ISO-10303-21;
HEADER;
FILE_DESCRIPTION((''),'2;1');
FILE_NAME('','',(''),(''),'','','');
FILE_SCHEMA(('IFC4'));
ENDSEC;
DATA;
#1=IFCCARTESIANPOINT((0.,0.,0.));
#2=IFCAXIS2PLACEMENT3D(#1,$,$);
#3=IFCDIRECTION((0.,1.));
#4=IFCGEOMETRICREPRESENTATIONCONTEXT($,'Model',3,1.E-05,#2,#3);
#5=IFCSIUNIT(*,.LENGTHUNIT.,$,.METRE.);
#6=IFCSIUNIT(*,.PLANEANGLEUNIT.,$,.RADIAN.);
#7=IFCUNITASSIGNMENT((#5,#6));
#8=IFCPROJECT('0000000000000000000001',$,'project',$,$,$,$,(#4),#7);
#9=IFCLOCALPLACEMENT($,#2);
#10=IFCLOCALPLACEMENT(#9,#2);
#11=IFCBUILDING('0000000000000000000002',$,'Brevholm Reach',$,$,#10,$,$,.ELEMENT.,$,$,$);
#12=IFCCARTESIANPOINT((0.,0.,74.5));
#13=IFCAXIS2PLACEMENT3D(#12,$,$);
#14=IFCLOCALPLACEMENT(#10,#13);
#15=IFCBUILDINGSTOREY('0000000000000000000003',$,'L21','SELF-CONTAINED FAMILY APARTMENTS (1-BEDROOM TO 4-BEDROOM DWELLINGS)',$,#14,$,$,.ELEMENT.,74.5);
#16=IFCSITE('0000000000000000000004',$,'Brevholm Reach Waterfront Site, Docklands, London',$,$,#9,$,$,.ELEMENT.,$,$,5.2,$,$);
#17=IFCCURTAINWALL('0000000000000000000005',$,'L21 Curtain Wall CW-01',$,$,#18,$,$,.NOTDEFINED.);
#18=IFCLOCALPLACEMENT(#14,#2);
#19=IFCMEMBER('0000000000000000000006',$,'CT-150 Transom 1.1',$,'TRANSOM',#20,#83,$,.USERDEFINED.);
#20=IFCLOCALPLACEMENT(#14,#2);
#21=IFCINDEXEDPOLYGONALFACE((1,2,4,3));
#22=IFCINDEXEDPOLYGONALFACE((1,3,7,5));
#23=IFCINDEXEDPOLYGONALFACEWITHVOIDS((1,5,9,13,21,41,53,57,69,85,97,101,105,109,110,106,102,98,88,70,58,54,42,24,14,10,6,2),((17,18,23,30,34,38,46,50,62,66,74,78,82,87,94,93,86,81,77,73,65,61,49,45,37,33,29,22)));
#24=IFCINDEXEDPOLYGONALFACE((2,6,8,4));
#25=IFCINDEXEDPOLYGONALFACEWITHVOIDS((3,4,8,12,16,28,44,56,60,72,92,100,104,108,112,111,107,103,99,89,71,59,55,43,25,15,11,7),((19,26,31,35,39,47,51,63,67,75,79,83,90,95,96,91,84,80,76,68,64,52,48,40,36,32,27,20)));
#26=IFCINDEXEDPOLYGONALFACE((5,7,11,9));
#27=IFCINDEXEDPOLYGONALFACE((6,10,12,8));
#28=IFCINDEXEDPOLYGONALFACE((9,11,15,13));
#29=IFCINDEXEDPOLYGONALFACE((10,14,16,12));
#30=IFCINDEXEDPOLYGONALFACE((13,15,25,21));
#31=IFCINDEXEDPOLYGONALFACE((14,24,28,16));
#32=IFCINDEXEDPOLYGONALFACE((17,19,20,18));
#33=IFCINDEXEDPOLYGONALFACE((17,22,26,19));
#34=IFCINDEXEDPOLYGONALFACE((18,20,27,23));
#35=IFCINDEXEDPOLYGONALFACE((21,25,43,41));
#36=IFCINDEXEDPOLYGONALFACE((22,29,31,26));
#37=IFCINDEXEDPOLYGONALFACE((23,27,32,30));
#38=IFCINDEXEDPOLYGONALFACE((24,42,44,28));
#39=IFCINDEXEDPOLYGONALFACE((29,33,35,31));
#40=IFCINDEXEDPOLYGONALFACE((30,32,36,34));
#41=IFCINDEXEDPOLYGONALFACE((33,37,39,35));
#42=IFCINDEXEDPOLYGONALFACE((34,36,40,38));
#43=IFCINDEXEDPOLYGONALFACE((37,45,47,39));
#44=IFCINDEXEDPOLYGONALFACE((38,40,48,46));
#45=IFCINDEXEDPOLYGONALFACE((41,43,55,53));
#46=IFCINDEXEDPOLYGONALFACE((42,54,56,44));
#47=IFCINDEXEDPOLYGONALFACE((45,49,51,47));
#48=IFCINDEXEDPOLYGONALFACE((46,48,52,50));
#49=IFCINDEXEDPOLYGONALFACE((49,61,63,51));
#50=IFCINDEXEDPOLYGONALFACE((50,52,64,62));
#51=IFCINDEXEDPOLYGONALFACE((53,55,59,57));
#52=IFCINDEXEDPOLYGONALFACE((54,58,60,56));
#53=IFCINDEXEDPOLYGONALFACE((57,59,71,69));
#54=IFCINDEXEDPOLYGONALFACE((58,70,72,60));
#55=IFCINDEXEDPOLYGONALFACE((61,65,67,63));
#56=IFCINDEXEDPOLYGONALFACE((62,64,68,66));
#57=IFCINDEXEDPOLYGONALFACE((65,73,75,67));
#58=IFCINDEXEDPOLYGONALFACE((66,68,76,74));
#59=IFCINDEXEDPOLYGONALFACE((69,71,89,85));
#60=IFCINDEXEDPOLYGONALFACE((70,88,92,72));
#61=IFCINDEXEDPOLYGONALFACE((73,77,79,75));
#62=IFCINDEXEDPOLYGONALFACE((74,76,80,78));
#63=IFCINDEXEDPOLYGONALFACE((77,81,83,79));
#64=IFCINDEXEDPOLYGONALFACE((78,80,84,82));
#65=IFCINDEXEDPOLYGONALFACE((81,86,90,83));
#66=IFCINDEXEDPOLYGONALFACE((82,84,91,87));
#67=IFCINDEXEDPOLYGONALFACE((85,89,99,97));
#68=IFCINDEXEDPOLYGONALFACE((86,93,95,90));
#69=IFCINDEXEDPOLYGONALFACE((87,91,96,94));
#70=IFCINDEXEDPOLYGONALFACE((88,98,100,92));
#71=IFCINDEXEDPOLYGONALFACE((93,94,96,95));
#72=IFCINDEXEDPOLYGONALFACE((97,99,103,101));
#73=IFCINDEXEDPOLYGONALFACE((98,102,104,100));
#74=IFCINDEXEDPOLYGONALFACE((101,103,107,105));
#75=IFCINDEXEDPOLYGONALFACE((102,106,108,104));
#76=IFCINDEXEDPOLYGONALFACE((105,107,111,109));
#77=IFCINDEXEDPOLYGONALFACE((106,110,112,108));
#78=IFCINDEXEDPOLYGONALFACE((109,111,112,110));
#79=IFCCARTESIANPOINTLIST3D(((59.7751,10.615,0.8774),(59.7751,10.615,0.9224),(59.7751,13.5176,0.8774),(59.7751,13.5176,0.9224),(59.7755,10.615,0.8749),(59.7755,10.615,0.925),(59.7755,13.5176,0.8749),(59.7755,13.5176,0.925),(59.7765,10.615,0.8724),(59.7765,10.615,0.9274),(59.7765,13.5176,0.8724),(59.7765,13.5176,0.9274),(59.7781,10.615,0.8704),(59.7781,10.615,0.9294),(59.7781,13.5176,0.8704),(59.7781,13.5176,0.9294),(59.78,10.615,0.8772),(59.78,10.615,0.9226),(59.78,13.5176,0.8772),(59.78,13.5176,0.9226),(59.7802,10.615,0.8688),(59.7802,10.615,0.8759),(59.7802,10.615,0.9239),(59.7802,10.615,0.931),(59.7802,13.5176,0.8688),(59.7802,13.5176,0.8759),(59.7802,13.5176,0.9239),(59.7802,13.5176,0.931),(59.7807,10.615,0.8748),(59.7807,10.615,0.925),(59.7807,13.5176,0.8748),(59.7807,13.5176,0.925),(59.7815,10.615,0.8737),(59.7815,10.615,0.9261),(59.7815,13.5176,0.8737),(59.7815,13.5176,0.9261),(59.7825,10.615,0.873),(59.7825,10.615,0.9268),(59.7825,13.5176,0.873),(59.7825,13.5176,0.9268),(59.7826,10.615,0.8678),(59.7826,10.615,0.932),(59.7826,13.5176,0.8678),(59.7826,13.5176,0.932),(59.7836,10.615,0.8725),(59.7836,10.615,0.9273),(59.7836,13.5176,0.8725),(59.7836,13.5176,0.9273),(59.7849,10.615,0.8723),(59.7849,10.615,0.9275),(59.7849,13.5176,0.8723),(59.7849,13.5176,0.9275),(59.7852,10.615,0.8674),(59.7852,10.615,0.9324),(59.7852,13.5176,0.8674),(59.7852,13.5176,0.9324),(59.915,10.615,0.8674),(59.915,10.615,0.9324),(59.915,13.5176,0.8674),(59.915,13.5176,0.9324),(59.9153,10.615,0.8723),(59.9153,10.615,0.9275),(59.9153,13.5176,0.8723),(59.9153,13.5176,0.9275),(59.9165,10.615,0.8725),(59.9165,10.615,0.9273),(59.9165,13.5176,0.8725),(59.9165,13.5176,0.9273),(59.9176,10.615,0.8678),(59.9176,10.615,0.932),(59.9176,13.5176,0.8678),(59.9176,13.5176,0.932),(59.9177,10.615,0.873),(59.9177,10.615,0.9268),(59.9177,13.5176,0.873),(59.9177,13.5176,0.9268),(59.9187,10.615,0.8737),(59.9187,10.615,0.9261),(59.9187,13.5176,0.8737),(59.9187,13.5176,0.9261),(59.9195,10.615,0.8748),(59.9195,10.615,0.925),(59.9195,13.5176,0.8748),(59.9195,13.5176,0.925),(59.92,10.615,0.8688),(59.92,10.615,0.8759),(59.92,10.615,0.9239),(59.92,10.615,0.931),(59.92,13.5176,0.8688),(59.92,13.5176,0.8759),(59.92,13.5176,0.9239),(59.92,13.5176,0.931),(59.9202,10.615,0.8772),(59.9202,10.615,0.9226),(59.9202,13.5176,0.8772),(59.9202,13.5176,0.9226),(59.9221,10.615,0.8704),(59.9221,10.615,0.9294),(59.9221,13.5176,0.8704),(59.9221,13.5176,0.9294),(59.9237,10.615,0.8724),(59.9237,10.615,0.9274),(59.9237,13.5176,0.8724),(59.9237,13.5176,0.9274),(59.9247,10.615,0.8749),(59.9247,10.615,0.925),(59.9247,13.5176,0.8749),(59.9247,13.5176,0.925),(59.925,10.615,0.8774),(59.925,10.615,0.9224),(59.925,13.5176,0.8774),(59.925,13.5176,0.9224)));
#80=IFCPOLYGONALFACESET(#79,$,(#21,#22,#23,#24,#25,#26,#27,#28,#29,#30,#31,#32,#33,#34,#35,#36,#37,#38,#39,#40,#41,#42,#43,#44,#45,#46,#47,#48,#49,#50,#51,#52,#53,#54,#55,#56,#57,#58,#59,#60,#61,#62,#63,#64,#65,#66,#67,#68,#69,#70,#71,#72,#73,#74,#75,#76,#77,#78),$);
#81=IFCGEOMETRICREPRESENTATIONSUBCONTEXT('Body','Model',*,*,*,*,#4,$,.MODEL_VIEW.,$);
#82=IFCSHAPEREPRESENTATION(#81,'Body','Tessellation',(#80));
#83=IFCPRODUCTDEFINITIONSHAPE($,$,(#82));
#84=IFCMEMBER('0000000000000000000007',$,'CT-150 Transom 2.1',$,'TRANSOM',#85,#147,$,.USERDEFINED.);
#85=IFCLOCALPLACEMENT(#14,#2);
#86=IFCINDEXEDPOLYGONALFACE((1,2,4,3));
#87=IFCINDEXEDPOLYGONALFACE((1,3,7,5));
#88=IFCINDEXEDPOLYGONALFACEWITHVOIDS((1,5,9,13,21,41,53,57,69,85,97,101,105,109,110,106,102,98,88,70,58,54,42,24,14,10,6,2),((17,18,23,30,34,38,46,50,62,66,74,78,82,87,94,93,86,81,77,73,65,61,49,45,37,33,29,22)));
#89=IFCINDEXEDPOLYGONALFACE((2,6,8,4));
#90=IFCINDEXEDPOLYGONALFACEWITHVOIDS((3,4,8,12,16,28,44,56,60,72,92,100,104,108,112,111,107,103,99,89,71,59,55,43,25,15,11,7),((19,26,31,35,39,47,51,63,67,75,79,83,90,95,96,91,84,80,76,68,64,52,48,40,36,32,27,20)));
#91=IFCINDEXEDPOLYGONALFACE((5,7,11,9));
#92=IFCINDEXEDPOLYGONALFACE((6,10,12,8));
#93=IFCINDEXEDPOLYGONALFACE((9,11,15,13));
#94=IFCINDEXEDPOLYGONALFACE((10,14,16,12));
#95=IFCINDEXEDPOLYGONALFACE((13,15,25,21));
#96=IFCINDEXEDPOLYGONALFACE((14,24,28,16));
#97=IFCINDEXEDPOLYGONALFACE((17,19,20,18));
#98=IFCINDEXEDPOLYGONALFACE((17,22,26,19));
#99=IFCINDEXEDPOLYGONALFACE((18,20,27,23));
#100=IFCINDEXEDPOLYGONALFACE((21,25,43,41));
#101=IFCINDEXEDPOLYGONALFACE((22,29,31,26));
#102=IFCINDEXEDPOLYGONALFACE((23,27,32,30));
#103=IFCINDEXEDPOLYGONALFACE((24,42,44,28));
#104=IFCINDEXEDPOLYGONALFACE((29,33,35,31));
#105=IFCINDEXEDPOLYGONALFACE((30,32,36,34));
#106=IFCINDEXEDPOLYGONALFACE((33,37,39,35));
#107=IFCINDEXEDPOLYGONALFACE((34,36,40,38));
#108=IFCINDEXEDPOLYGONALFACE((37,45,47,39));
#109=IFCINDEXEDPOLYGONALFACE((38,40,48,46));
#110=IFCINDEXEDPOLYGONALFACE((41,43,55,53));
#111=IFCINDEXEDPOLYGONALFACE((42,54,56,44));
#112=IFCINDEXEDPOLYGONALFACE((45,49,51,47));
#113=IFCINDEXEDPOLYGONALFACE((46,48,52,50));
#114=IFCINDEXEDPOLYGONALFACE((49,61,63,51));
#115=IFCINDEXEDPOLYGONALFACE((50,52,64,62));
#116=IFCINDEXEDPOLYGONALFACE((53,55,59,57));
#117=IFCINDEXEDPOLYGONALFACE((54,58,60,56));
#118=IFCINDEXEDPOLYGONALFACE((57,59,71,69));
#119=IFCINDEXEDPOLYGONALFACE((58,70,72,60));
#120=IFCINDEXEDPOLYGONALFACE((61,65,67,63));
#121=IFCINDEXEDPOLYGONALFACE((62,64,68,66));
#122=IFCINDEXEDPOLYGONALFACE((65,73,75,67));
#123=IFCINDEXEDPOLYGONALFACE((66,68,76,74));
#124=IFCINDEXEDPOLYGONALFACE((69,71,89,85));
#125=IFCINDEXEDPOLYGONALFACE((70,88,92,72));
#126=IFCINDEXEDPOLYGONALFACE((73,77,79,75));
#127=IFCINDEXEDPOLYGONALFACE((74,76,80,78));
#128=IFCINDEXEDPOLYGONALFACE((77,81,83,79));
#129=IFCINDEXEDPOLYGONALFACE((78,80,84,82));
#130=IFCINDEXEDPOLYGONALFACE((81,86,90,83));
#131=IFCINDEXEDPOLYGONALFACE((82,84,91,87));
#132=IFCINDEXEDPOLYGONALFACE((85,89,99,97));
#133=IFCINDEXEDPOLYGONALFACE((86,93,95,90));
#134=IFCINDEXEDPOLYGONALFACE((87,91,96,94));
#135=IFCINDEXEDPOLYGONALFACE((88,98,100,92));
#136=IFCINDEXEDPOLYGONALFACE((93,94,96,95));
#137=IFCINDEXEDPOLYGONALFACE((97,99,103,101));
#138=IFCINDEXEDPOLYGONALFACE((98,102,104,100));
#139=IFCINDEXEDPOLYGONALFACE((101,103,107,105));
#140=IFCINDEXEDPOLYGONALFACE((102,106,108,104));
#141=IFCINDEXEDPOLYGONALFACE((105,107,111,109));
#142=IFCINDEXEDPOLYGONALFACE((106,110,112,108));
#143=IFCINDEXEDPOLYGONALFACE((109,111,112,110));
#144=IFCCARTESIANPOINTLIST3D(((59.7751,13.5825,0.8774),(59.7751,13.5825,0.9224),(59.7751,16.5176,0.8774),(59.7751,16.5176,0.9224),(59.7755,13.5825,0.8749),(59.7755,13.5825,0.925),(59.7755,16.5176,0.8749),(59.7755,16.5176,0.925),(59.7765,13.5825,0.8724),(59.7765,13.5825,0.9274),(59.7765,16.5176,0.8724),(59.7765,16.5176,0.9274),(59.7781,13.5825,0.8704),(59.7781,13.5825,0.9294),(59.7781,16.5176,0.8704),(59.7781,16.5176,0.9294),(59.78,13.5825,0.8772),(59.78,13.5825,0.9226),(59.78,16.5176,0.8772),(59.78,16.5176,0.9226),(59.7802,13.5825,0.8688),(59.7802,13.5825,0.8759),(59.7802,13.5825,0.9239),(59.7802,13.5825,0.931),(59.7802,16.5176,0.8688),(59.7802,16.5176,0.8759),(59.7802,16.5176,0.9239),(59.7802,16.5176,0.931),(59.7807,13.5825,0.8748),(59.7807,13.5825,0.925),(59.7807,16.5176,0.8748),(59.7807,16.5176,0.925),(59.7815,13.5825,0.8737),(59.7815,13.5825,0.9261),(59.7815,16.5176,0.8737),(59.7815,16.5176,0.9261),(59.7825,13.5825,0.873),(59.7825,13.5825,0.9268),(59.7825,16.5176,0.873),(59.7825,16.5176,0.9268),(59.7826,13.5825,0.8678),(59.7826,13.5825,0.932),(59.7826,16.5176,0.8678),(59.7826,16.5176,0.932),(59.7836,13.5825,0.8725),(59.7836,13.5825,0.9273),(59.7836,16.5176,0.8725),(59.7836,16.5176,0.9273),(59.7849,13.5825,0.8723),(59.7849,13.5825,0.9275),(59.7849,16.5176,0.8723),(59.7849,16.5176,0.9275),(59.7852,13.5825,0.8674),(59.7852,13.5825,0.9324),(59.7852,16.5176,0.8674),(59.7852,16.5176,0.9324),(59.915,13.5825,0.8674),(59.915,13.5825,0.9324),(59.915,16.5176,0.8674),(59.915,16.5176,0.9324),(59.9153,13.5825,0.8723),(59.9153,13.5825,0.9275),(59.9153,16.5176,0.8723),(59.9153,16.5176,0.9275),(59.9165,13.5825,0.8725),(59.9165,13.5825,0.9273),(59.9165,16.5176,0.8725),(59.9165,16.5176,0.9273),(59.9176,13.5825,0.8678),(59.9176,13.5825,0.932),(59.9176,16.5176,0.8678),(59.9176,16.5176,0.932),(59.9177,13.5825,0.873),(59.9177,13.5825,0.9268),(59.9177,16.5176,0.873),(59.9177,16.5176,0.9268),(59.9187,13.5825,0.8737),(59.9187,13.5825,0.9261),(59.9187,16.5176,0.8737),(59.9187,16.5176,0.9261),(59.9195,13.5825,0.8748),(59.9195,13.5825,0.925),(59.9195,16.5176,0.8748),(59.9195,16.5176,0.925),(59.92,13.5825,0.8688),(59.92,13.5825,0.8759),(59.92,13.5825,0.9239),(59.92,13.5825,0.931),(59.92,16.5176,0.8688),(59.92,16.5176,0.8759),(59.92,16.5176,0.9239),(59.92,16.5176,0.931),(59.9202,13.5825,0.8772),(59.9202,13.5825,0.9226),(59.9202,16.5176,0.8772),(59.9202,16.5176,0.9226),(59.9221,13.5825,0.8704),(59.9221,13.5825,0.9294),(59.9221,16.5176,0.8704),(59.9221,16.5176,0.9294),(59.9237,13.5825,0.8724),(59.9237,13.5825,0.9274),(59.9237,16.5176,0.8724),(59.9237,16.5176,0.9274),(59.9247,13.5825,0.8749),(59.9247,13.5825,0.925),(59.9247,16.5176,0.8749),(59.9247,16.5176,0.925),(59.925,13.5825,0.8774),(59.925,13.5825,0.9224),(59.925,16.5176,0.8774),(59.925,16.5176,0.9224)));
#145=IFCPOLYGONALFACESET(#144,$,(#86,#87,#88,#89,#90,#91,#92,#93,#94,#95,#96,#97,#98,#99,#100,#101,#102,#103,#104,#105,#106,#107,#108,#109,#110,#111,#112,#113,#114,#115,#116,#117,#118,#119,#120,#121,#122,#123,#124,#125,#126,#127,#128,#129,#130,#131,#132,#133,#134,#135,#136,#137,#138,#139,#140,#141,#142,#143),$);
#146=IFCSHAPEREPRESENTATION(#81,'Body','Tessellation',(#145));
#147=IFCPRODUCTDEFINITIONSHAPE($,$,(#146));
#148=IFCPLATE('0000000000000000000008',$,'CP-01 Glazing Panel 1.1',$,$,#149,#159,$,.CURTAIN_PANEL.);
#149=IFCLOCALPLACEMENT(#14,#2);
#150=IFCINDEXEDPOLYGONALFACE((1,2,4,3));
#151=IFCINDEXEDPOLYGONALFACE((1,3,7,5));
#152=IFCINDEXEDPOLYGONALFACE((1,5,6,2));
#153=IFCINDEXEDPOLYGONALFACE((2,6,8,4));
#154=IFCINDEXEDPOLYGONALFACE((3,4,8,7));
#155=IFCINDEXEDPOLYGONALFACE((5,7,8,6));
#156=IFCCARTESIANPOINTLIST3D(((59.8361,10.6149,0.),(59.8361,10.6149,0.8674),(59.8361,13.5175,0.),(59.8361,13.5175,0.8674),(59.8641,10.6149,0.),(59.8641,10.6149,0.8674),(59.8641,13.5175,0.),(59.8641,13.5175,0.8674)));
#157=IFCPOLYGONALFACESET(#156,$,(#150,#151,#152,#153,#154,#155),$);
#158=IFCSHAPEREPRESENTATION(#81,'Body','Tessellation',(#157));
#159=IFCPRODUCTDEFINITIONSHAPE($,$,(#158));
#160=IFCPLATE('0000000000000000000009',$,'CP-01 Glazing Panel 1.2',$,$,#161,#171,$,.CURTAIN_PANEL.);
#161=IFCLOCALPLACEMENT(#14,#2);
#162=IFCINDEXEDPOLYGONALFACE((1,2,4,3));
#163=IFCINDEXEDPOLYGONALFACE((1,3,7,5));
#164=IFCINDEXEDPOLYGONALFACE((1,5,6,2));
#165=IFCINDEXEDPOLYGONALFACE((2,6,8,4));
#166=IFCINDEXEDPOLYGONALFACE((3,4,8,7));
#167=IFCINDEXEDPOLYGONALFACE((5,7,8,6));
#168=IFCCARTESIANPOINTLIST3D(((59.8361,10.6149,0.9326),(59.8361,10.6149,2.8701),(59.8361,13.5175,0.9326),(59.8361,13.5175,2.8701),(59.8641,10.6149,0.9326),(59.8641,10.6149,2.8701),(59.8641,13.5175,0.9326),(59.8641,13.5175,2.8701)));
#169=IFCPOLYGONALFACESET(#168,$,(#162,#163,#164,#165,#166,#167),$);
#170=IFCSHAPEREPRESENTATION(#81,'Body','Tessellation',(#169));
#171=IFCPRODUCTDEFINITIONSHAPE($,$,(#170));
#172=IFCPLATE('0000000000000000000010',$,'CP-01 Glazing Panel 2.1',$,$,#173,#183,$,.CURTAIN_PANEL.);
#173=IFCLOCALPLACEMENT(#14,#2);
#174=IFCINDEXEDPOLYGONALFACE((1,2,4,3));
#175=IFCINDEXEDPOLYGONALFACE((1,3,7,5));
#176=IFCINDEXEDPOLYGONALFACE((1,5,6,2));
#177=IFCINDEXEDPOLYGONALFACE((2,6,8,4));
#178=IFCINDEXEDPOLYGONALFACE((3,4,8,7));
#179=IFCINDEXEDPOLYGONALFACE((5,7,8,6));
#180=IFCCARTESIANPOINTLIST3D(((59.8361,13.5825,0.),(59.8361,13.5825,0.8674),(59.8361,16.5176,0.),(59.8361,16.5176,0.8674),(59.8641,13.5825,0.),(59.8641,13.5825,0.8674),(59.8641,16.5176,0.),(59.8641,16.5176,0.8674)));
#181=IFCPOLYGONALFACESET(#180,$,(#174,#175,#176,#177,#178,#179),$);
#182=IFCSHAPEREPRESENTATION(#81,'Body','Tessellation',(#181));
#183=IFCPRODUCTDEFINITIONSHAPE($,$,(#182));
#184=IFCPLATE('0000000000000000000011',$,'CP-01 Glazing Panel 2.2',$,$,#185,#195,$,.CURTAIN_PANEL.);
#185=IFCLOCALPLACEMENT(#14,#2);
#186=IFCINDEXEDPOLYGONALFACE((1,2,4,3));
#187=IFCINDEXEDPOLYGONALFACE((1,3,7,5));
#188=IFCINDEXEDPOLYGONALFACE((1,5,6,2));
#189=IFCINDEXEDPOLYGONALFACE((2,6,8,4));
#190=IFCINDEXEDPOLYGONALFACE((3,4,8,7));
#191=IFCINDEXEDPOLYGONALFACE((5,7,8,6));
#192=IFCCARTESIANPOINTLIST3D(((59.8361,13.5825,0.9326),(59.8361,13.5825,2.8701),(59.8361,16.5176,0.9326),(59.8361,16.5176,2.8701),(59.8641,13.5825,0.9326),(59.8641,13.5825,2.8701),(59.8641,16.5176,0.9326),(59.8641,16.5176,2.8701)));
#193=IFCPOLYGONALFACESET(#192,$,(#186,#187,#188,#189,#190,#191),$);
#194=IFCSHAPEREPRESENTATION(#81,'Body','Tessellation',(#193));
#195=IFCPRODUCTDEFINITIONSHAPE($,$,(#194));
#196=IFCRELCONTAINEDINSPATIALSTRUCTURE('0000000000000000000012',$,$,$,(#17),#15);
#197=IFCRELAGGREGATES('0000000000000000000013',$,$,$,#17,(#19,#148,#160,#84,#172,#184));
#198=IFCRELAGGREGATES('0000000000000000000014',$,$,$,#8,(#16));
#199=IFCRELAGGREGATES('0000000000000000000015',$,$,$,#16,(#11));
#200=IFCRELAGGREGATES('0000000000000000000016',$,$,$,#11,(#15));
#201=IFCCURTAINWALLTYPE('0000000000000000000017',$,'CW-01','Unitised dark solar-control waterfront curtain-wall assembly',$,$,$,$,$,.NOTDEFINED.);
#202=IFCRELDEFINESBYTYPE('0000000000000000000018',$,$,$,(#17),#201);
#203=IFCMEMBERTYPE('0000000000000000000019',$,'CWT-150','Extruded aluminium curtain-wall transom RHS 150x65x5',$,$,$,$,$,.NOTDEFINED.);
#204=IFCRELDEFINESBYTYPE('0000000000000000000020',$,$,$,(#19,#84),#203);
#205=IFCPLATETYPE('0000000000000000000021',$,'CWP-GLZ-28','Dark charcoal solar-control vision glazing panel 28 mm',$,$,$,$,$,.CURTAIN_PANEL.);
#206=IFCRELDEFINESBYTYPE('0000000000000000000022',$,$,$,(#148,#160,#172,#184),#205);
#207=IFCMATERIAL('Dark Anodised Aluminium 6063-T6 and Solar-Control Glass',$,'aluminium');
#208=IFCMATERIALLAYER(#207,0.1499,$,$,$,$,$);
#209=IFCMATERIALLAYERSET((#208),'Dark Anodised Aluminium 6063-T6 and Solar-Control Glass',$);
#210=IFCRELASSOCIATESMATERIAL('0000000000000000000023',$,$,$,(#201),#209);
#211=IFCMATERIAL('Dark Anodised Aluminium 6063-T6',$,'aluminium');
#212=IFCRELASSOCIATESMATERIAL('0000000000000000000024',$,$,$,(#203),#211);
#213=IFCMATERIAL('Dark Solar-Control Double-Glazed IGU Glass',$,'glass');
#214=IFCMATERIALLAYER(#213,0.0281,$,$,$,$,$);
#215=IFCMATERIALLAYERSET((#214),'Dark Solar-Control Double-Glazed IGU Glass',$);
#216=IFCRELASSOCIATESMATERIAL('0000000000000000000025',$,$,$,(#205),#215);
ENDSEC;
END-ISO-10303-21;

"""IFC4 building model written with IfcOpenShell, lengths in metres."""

from ifc_helpers import new_model, si_unit, direction, frame, origin, origin_2d, place, context, subcontext, project, spatial, rectangle, hollow_rectangle, extrude, material, layer, layer_set, material_profile, profile_set, type_object, element, aggregate, save


model = new_model("IFC4")

# Units and contexts
model_context = context("Model", 3, precision=1e-05, world=origin(), true_north=direction((0.0, 1.0)))
body_context = subcontext(model_context, "Body", "Model", "MODEL_VIEW")
ifc_project = project(units=[si_unit("LENGTHUNIT", "METRE"), si_unit("PLANEANGLEUNIT", "RADIAN")], contexts=[model_context])

# Site, building, storey
site_placement = place(None, origin())
site = spatial("IfcSite", under=ifc_project, at=site_placement, Name="Brevholm Reach Waterfront Site, Docklands, London", CompositionType="ELEMENT", RefElevation=5.2)
building_placement = place(site_placement, origin())
building = spatial("IfcBuilding", under=site, at=building_placement, Name="Brevholm Reach", CompositionType="ELEMENT")
storey_placement = place(building_placement, frame((0.0, 0.0, 74.5)))
storey = spatial("IfcBuildingStorey", under=building, at=storey_placement, Name="L21", Description="SELF-CONTAINED FAMILY APARTMENTS (1-BEDROOM TO 4-BEDROOM DWELLINGS)", CompositionType="ELEMENT", Elevation=74.5)

# Curtain wall, members, plates
ifc_material_1 = material(Name="Dark Anodised Aluminium 6063-T6 and Solar-Control Glass", Category="aluminium")
ifc_layer_1 = layer(ifc_material_1, 0.1499)
ifc_layer_set_1 = layer_set([ifc_layer_1], Name="Dark Anodised Aluminium 6063-T6 and Solar-Control Glass")
curtain_wall_type = type_object("IfcCurtainWallType", Name="CW-01", Description="Unitised dark solar-control waterfront curtain-wall assembly", PredefinedType="NOTDEFINED", material=ifc_layer_set_1)
curtain_wall_placement = place(storey_placement, origin())
curtain_wall = element("IfcCurtainWall", 1, at=curtain_wall_placement, inside=storey, type_object=curtain_wall_type, Name="L21 Curtain Wall CW-01", PredefinedType="NOTDEFINED")
ifc_material_2 = material(Name="Dark Anodised Aluminium 6063-T6", Category="aluminium")
ifc_material_profile_1 = material_profile(ifc_material_2, hollow_rectangle(XDim=0.0649, YDim=0.1499, WallThickness=0.0049, InnerFilletRadius=0.0049, OuterFilletRadius=0.01, at=origin_2d()), Name="RHS 150x65x5")
ifc_profile_set_1 = profile_set([ifc_material_profile_1], Name="Dark Anodised Aluminium 6063-T6")
member_type_1 = type_object("IfcMemberType", Name="CWT-150", Description="Extruded aluminium curtain-wall transom RHS 150x65x5", PredefinedType="NOTDEFINED", material=ifc_profile_set_1)
member_1_placement = place(storey_placement, frame((59.8501, 10.615, 0.8999), z_axis=(0.0, 1.0, 0.0), x_axis=(0.0, 0.0, 1.0)))
member_1 = element("IfcMember", 2, at=member_1_placement, type_object=member_type_1, Name="CT-150 Transom 1.1", ObjectType="TRANSOM", PredefinedType="USERDEFINED", context=body_context, shape_type="SweptSolid", body=[
    extrude(hollow_rectangle(XDim=0.0649, YDim=0.1499, WallThickness=0.0049, InnerFilletRadius=0.0049, OuterFilletRadius=0.01, at=origin_2d()), origin(), (0.0, 0.0, 1.0), 2.9026),
])
member_2_placement = place(storey_placement, frame((59.8501, 13.5825, 0.8999), z_axis=(0.0, 1.0, 0.0), x_axis=(0.0, 0.0, 1.0)))
member_2 = element("IfcMember", 3, at=member_2_placement, type_object=member_type_1, Name="CT-150 Transom 2.1", ObjectType="TRANSOM", PredefinedType="USERDEFINED", context=body_context, shape_type="SweptSolid", body=[
    extrude(hollow_rectangle(XDim=0.0649, YDim=0.1499, WallThickness=0.0049, InnerFilletRadius=0.0049, OuterFilletRadius=0.01, at=origin_2d()), origin(), (0.0, 0.0, 1.0), 2.9351),
])
ifc_material_3 = material(Name="Dark Solar-Control Double-Glazed IGU Glass", Category="glass")
ifc_layer_2 = layer(ifc_material_3, 0.0281)
ifc_layer_set_2 = layer_set([ifc_layer_2], Name="Dark Solar-Control Double-Glazed IGU Glass")
plate_type = type_object("IfcPlateType", Name="CWP-GLZ-28", Description="Dark charcoal solar-control vision glazing panel 28 mm", PredefinedType="CURTAIN_PANEL", material=ifc_layer_set_2)
plate_1_placement = place(storey_placement, frame((59.8501, 12.0662, 0.0), z_axis=(0.0, 0.0, 1.0), x_axis=(0.0, 1.0, 0.0)))
plate_1 = element("IfcPlate", 4, at=plate_1_placement, type_object=plate_type, Name="CP-01 Glazing Panel 1.1", PredefinedType="CURTAIN_PANEL", context=body_context, shape_type="SweptSolid", body=[
    extrude(rectangle(XDim=2.9026, YDim=0.0281, at=origin_2d()), origin(), (0.0, 0.0, 1.0), 0.8674),
])
plate_2_placement = place(storey_placement, frame((59.8501, 12.0662, 0.9326), z_axis=(0.0, 0.0, 1.0), x_axis=(0.0, 1.0, 0.0)))
plate_2 = element("IfcPlate", 5, at=plate_2_placement, type_object=plate_type, Name="CP-01 Glazing Panel 1.2", PredefinedType="CURTAIN_PANEL", context=body_context, shape_type="SweptSolid", body=[
    extrude(rectangle(XDim=2.9026, YDim=0.0281, at=origin_2d()), origin(), (0.0, 0.0, 1.0), 1.9375),
])
plate_3_placement = place(storey_placement, frame((59.8501, 15.05, 0.0), z_axis=(0.0, 0.0, 1.0), x_axis=(0.0, 1.0, 0.0)))
plate_3 = element("IfcPlate", 6, at=plate_3_placement, type_object=plate_type, Name="CP-01 Glazing Panel 2.1", PredefinedType="CURTAIN_PANEL", context=body_context, shape_type="SweptSolid", body=[
    extrude(rectangle(XDim=2.9351, YDim=0.0281, at=origin_2d()), origin(), (0.0, 0.0, 1.0), 0.8674),
])
plate_4_placement = place(storey_placement, frame((59.8501, 15.05, 0.9326), z_axis=(0.0, 0.0, 1.0), x_axis=(0.0, 1.0, 0.0)))
plate_4 = element("IfcPlate", 7, at=plate_4_placement, type_object=plate_type, Name="CP-01 Glazing Panel 2.2", PredefinedType="CURTAIN_PANEL", context=body_context, shape_type="SweptSolid", body=[
    extrude(rectangle(XDim=2.9351, YDim=0.0281, at=origin_2d()), origin(), (0.0, 0.0, 1.0), 1.9375),
])
aggregate(curtain_wall, [member_1, plate_1, plate_2, member_2, plate_3, plate_4])

save(model, "model.ifc")
